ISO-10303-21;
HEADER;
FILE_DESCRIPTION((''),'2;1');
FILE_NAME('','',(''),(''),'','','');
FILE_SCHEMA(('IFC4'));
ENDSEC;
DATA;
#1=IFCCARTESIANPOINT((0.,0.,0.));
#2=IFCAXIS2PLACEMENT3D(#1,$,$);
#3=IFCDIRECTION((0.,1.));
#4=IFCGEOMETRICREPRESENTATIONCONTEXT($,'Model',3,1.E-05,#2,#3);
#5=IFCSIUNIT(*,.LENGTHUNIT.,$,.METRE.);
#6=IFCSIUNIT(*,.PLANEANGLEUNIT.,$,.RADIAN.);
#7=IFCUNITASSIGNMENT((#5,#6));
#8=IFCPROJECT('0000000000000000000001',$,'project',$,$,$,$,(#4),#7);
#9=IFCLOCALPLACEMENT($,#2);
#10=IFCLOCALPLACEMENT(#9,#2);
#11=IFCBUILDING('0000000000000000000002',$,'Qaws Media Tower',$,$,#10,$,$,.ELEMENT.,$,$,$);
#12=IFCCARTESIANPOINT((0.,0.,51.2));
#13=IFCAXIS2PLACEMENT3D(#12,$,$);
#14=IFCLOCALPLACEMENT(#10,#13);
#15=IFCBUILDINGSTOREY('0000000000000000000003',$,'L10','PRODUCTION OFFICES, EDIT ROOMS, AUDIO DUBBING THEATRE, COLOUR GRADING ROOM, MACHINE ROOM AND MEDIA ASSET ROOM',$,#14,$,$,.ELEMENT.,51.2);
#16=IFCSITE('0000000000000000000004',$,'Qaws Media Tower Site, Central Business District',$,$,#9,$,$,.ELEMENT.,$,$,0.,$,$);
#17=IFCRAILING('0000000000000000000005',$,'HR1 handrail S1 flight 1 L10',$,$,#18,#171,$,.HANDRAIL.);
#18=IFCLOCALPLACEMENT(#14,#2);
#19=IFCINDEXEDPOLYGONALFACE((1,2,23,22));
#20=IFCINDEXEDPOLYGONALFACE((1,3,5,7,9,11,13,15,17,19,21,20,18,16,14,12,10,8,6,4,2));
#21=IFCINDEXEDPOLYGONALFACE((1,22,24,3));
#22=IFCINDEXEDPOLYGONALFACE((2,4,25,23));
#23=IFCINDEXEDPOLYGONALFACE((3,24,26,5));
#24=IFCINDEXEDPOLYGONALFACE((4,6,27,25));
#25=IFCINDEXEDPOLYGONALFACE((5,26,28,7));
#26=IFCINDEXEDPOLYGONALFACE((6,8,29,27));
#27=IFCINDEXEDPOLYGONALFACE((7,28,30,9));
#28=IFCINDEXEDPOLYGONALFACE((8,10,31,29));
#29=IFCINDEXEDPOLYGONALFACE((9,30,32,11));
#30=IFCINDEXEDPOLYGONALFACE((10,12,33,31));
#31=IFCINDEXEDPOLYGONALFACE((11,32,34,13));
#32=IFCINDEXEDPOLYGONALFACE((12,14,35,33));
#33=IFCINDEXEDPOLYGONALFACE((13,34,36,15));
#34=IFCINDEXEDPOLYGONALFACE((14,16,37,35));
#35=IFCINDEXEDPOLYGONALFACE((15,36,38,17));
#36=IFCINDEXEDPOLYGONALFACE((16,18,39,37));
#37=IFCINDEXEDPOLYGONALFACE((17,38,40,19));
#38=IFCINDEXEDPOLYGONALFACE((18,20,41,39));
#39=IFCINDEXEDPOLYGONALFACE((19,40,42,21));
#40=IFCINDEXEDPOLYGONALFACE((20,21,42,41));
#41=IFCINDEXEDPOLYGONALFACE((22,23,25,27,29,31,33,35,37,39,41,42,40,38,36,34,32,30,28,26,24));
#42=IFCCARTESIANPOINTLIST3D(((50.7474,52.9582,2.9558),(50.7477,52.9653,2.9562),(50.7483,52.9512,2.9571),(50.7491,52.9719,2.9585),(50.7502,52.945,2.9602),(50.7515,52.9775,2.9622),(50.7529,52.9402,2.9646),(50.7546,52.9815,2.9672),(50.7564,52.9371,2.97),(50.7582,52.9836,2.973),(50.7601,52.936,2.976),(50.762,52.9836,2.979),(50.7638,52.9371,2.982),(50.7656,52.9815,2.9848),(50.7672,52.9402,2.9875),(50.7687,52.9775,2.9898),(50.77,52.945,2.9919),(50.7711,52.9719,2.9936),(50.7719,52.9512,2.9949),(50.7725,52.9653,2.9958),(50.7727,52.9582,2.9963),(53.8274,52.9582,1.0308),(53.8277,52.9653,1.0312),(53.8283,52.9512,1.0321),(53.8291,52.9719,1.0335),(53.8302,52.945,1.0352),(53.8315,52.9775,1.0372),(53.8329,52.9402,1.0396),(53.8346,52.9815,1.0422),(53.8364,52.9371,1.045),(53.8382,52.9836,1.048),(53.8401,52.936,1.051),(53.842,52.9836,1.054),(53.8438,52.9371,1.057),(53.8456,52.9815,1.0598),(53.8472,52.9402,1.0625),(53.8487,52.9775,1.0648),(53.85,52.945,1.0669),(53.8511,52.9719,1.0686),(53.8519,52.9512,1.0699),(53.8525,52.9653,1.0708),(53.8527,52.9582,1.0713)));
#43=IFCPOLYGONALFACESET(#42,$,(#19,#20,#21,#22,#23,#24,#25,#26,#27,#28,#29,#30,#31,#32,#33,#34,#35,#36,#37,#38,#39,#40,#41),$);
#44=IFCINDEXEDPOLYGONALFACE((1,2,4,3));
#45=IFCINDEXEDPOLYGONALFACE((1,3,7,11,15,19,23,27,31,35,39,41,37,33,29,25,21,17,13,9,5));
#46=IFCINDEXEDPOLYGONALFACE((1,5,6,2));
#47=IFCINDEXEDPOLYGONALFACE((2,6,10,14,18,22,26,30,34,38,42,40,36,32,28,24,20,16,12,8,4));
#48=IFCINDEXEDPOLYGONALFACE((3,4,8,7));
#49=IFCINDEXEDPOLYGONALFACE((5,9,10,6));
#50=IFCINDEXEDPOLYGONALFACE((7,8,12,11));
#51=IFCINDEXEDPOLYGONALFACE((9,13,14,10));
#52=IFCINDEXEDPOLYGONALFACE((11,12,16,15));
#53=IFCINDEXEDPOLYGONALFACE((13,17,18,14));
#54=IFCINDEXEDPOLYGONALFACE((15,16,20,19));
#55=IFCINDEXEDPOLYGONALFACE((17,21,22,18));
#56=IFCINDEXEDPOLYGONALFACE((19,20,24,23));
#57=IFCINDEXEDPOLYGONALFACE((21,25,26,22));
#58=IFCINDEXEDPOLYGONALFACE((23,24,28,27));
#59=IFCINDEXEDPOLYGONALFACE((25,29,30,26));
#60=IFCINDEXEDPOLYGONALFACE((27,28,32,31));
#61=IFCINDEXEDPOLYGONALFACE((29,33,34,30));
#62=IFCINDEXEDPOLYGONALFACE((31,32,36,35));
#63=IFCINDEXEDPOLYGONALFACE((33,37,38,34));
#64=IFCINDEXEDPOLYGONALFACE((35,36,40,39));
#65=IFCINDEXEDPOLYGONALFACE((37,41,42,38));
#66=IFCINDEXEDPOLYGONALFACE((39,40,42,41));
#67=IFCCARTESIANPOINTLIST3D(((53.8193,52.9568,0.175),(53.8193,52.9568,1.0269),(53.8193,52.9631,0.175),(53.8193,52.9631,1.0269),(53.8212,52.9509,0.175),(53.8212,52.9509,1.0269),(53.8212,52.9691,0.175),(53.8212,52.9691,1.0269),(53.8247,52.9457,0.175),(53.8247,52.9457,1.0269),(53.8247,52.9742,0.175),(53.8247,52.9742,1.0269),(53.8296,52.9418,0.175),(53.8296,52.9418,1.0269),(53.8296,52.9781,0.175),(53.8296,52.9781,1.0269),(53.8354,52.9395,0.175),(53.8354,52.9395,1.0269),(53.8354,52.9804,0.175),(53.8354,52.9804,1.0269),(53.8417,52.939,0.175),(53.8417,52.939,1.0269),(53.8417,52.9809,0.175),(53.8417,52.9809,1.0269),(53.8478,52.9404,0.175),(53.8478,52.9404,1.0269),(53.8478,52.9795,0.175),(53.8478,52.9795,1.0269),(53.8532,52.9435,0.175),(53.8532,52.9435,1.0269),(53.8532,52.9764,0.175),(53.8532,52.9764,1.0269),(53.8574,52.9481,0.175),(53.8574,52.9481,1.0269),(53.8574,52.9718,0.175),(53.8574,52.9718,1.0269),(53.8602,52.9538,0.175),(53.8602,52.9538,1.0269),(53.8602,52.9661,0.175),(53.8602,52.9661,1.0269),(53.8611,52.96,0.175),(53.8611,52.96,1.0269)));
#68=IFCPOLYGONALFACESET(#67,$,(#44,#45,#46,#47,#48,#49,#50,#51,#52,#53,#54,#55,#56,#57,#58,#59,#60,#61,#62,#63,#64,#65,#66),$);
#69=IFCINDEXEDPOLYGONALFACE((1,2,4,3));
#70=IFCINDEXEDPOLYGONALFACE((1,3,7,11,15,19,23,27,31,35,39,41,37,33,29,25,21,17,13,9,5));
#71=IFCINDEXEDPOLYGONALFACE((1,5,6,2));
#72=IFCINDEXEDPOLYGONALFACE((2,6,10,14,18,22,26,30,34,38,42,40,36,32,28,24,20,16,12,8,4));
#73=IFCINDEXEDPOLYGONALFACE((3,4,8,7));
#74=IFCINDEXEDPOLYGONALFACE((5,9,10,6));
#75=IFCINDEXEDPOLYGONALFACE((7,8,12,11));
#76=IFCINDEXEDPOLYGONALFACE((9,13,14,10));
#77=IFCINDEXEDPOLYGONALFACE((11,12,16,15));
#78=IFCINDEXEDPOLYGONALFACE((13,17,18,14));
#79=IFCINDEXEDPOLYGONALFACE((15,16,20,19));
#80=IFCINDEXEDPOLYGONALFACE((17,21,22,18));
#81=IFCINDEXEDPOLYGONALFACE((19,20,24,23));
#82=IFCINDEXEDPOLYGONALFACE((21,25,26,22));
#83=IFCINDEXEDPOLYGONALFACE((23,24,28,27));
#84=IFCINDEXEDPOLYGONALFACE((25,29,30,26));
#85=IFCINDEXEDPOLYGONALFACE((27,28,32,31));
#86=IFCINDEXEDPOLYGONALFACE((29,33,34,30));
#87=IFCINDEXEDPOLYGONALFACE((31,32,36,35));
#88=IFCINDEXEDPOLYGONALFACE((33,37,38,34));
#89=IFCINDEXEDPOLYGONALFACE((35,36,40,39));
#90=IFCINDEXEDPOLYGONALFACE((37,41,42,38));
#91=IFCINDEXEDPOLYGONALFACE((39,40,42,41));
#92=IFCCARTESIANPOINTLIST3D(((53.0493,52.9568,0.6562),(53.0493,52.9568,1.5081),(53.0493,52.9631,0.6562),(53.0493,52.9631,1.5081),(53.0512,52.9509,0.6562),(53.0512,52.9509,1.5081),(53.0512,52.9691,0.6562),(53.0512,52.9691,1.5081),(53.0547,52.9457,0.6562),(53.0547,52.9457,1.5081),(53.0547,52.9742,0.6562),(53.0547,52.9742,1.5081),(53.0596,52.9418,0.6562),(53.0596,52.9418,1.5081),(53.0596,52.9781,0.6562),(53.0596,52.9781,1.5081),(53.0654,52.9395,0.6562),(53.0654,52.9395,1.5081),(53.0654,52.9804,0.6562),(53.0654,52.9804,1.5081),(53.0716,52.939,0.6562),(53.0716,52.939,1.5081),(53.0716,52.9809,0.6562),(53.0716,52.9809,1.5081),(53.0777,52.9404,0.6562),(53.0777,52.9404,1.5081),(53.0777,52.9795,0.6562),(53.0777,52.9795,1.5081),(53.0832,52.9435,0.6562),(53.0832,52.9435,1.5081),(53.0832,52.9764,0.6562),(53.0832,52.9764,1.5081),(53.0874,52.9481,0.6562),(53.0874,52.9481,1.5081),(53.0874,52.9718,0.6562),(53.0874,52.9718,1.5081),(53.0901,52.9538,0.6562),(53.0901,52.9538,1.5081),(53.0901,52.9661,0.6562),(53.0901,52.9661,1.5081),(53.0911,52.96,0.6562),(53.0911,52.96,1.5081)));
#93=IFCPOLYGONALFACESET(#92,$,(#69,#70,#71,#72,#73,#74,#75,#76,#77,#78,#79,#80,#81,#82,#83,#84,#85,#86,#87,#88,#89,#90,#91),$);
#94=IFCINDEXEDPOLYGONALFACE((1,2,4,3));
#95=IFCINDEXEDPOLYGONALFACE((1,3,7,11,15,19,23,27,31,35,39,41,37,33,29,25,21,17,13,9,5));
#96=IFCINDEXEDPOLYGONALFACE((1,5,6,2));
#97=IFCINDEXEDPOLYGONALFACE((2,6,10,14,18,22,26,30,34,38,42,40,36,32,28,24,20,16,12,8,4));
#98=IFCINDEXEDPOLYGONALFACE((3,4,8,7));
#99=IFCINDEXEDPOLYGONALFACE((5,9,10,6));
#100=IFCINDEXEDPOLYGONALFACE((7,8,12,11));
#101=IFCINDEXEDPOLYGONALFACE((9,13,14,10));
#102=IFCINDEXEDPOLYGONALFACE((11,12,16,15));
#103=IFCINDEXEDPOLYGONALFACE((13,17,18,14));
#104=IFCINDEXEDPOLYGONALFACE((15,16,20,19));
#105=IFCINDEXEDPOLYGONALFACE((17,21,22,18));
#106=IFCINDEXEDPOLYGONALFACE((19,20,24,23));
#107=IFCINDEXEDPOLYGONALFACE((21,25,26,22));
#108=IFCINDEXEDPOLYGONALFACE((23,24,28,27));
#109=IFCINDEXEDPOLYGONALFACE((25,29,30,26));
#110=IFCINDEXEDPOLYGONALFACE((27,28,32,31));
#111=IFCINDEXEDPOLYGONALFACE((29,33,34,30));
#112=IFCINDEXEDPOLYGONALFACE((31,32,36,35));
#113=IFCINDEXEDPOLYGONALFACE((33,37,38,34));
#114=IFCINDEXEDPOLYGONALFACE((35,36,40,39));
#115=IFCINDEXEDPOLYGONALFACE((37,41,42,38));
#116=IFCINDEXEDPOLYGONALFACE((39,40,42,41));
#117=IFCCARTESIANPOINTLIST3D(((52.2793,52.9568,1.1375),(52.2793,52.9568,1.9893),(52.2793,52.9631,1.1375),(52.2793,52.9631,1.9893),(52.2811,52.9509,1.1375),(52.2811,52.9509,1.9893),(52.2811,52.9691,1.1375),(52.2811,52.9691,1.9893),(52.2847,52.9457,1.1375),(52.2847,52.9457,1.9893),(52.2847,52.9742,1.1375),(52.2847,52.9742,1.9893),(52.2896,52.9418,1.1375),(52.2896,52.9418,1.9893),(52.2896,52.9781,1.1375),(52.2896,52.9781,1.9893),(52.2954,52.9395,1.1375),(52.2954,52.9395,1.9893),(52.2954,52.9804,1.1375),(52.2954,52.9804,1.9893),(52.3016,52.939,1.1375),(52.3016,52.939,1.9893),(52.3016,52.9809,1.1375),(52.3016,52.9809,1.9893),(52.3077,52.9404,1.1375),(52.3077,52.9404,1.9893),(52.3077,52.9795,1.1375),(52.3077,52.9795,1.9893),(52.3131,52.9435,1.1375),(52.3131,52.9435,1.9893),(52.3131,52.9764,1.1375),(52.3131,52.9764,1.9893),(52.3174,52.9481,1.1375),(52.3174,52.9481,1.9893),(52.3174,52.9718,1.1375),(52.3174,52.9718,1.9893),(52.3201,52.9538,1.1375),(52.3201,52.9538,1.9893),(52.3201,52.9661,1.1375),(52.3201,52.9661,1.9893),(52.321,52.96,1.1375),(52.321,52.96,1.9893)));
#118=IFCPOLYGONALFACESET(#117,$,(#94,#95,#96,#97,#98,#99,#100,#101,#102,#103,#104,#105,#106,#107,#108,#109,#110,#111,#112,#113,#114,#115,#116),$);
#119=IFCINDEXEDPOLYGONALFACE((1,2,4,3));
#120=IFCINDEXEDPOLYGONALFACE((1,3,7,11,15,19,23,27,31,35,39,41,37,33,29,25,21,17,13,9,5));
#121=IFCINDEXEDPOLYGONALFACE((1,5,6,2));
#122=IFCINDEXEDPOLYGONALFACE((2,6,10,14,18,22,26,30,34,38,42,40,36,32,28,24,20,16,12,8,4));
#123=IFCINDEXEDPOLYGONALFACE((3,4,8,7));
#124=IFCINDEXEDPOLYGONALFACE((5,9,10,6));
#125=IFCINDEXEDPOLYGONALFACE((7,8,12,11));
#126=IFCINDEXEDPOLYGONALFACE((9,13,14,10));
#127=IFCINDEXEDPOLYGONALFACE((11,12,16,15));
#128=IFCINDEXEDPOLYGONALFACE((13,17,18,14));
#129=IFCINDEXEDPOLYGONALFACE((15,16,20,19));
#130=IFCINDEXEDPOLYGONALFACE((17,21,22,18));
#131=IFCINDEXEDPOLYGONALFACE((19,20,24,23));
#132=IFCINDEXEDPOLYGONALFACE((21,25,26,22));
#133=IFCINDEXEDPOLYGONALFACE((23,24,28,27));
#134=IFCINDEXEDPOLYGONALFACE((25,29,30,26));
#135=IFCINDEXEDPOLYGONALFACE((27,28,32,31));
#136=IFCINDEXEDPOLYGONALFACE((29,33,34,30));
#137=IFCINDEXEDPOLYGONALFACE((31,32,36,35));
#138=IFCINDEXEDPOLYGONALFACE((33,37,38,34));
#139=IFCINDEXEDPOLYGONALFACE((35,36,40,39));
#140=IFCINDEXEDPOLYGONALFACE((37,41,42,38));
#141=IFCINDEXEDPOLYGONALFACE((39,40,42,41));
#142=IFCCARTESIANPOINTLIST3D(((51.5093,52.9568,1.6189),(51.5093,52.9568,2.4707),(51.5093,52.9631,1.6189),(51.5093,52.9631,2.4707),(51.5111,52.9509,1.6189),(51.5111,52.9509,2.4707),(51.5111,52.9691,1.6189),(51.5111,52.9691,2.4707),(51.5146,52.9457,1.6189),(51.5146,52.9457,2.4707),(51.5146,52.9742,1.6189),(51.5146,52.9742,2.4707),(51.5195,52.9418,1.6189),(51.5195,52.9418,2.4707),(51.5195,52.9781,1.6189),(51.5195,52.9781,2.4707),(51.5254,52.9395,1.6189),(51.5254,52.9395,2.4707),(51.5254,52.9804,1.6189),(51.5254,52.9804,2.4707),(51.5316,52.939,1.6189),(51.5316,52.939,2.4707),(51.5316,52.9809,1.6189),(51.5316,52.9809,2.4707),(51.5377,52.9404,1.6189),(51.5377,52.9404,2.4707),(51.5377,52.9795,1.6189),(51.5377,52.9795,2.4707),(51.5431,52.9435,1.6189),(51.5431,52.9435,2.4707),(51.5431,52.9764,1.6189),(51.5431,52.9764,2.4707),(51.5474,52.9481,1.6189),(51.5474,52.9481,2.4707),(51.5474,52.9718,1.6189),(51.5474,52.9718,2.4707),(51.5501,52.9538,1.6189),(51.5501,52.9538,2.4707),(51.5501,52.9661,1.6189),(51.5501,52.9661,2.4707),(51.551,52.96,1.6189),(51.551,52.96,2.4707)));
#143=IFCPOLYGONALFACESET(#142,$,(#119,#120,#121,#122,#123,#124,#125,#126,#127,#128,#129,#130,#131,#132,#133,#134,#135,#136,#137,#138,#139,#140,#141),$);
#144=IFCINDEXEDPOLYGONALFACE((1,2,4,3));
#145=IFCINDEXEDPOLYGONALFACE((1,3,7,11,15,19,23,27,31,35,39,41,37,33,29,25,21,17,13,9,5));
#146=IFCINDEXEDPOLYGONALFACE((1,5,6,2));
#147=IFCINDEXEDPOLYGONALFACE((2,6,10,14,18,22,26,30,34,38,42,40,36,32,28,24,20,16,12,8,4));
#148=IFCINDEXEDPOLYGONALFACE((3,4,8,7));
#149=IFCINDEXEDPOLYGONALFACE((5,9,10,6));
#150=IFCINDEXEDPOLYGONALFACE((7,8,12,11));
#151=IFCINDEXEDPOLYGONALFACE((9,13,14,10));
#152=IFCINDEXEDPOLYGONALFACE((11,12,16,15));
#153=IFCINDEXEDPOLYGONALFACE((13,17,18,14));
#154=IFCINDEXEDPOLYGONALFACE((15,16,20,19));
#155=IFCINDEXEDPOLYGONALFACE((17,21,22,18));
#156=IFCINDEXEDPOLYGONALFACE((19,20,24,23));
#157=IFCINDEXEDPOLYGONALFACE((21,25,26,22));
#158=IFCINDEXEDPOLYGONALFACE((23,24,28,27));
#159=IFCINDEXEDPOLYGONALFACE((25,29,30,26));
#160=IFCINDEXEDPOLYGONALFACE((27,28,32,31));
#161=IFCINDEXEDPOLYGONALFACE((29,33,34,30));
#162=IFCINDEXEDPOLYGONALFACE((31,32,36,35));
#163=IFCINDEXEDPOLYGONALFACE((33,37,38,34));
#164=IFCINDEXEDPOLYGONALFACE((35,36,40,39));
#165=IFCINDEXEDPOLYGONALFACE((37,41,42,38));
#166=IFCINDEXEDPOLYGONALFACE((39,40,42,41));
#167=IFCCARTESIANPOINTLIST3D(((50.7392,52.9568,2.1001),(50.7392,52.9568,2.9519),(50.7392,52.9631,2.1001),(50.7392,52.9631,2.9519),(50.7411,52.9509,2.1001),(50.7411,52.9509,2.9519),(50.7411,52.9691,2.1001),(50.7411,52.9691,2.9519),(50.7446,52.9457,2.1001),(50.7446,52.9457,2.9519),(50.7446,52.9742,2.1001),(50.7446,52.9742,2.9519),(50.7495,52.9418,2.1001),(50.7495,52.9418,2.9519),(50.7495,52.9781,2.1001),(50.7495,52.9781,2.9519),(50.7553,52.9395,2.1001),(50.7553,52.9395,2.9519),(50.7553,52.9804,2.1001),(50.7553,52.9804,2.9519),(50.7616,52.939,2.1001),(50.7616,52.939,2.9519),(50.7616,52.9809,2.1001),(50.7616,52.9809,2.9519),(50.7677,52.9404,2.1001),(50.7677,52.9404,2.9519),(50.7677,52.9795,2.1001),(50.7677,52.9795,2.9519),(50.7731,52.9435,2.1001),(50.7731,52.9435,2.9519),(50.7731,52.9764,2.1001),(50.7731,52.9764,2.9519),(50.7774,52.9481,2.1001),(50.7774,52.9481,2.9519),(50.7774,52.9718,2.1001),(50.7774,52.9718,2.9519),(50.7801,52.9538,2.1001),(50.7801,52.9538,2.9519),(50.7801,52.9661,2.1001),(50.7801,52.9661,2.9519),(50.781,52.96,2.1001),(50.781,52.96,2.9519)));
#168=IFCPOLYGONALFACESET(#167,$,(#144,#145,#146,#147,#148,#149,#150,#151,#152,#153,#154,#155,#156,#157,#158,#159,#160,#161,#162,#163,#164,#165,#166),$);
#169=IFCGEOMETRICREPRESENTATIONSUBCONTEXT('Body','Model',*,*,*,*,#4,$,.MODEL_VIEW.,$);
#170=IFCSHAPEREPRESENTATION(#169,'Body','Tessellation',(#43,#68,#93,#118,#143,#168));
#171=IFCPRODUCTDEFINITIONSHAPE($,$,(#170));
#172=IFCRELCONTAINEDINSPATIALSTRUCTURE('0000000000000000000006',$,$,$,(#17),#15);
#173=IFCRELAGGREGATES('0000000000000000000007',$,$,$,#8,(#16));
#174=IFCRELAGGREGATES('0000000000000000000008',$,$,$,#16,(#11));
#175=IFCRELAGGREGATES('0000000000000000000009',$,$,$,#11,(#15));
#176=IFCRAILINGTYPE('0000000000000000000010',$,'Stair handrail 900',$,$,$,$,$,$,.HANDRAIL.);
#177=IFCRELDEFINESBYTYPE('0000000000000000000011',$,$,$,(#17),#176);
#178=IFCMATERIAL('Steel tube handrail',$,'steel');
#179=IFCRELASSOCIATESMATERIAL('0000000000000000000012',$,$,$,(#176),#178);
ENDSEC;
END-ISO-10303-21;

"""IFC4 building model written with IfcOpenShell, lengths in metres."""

from ifc_helpers import new_model, si_unit, direction, frame, origin, origin_2d, place, context, subcontext, project, spatial, circle, extrude, material, type_object, element, save


model = new_model("IFC4")

# Units and contexts
model_context = context("Model", 3, precision=1e-05, world=origin(), true_north=direction((0.0, 1.0)))
body_context = subcontext(model_context, "Body", "Model", "MODEL_VIEW")
ifc_project = project(units=[si_unit("LENGTHUNIT", "METRE"), si_unit("PLANEANGLEUNIT", "RADIAN")], contexts=[model_context])

# Site, building, storey
site_placement = place(None, origin())
site = spatial("IfcSite", under=ifc_project, at=site_placement, Name="Qaws Media Tower Site, Central Business District", CompositionType="ELEMENT", RefElevation=0.0)
building_placement = place(site_placement, origin())
building = spatial("IfcBuilding", under=site, at=building_placement, Name="Qaws Media Tower", CompositionType="ELEMENT")
storey_placement = place(building_placement, frame((0.0, 0.0, 51.2)))
storey = spatial("IfcBuildingStorey", under=building, at=storey_placement, Name="L10", Description="PRODUCTION OFFICES, EDIT ROOMS, AUDIO DUBBING THEATRE, COLOUR GRADING ROOM, MACHINE ROOM AND MEDIA ASSET ROOM", CompositionType="ELEMENT", Elevation=51.2)

# Railing
ifc_material_1 = material(Name="Steel tube handrail", Category="steel")
railing_type = type_object("IfcRailingType", Name="Stair handrail 900", PredefinedType="HANDRAIL", material=ifc_material_1)
for number, where, name in (
    (1, (53.8401, 52.96, 0.175), "HR1 handrail S1 flight 1 L10"),
):
    element("IfcRailing", number, at=place(storey_placement, frame(where)), inside=storey, type_object=railing_type, Name=name, PredefinedType="HANDRAIL", context=body_context, shape_type="SweptSolid", body=[
        extrude(circle(Radius=0.0239, at=origin_2d()), frame((0.0, 0.0, 0.876), z_axis=(-0.847998, 0.0, 0.529999), x_axis=(0.0, -1.0, 0.0)), (0.0, 0.0, 1.0), 3.6321),
        extrude(circle(Radius=0.021, at=origin_2d()), origin(), (0.0, 0.0, 1.0), 0.8518),
        extrude(circle(Radius=0.021, at=origin_2d()), frame((-0.77, 0.0, 0.4812)), (0.0, 0.0, 1.0), 0.8518),
        extrude(circle(Radius=0.021, at=origin_2d()), frame((-1.54, 0.0, 0.9624)), (0.0, 0.0, 1.0), 0.8518),
        extrude(circle(Radius=0.021, at=origin_2d()), frame((-2.3101, 0.0, 1.4438)), (0.0, 0.0, 1.0), 0.8518),
        extrude(circle(Radius=0.021, at=origin_2d()), frame((-3.0801, 0.0, 1.925)), (0.0, 0.0, 1.0), 0.8518),
    ])

save(model, "model.ifc")
